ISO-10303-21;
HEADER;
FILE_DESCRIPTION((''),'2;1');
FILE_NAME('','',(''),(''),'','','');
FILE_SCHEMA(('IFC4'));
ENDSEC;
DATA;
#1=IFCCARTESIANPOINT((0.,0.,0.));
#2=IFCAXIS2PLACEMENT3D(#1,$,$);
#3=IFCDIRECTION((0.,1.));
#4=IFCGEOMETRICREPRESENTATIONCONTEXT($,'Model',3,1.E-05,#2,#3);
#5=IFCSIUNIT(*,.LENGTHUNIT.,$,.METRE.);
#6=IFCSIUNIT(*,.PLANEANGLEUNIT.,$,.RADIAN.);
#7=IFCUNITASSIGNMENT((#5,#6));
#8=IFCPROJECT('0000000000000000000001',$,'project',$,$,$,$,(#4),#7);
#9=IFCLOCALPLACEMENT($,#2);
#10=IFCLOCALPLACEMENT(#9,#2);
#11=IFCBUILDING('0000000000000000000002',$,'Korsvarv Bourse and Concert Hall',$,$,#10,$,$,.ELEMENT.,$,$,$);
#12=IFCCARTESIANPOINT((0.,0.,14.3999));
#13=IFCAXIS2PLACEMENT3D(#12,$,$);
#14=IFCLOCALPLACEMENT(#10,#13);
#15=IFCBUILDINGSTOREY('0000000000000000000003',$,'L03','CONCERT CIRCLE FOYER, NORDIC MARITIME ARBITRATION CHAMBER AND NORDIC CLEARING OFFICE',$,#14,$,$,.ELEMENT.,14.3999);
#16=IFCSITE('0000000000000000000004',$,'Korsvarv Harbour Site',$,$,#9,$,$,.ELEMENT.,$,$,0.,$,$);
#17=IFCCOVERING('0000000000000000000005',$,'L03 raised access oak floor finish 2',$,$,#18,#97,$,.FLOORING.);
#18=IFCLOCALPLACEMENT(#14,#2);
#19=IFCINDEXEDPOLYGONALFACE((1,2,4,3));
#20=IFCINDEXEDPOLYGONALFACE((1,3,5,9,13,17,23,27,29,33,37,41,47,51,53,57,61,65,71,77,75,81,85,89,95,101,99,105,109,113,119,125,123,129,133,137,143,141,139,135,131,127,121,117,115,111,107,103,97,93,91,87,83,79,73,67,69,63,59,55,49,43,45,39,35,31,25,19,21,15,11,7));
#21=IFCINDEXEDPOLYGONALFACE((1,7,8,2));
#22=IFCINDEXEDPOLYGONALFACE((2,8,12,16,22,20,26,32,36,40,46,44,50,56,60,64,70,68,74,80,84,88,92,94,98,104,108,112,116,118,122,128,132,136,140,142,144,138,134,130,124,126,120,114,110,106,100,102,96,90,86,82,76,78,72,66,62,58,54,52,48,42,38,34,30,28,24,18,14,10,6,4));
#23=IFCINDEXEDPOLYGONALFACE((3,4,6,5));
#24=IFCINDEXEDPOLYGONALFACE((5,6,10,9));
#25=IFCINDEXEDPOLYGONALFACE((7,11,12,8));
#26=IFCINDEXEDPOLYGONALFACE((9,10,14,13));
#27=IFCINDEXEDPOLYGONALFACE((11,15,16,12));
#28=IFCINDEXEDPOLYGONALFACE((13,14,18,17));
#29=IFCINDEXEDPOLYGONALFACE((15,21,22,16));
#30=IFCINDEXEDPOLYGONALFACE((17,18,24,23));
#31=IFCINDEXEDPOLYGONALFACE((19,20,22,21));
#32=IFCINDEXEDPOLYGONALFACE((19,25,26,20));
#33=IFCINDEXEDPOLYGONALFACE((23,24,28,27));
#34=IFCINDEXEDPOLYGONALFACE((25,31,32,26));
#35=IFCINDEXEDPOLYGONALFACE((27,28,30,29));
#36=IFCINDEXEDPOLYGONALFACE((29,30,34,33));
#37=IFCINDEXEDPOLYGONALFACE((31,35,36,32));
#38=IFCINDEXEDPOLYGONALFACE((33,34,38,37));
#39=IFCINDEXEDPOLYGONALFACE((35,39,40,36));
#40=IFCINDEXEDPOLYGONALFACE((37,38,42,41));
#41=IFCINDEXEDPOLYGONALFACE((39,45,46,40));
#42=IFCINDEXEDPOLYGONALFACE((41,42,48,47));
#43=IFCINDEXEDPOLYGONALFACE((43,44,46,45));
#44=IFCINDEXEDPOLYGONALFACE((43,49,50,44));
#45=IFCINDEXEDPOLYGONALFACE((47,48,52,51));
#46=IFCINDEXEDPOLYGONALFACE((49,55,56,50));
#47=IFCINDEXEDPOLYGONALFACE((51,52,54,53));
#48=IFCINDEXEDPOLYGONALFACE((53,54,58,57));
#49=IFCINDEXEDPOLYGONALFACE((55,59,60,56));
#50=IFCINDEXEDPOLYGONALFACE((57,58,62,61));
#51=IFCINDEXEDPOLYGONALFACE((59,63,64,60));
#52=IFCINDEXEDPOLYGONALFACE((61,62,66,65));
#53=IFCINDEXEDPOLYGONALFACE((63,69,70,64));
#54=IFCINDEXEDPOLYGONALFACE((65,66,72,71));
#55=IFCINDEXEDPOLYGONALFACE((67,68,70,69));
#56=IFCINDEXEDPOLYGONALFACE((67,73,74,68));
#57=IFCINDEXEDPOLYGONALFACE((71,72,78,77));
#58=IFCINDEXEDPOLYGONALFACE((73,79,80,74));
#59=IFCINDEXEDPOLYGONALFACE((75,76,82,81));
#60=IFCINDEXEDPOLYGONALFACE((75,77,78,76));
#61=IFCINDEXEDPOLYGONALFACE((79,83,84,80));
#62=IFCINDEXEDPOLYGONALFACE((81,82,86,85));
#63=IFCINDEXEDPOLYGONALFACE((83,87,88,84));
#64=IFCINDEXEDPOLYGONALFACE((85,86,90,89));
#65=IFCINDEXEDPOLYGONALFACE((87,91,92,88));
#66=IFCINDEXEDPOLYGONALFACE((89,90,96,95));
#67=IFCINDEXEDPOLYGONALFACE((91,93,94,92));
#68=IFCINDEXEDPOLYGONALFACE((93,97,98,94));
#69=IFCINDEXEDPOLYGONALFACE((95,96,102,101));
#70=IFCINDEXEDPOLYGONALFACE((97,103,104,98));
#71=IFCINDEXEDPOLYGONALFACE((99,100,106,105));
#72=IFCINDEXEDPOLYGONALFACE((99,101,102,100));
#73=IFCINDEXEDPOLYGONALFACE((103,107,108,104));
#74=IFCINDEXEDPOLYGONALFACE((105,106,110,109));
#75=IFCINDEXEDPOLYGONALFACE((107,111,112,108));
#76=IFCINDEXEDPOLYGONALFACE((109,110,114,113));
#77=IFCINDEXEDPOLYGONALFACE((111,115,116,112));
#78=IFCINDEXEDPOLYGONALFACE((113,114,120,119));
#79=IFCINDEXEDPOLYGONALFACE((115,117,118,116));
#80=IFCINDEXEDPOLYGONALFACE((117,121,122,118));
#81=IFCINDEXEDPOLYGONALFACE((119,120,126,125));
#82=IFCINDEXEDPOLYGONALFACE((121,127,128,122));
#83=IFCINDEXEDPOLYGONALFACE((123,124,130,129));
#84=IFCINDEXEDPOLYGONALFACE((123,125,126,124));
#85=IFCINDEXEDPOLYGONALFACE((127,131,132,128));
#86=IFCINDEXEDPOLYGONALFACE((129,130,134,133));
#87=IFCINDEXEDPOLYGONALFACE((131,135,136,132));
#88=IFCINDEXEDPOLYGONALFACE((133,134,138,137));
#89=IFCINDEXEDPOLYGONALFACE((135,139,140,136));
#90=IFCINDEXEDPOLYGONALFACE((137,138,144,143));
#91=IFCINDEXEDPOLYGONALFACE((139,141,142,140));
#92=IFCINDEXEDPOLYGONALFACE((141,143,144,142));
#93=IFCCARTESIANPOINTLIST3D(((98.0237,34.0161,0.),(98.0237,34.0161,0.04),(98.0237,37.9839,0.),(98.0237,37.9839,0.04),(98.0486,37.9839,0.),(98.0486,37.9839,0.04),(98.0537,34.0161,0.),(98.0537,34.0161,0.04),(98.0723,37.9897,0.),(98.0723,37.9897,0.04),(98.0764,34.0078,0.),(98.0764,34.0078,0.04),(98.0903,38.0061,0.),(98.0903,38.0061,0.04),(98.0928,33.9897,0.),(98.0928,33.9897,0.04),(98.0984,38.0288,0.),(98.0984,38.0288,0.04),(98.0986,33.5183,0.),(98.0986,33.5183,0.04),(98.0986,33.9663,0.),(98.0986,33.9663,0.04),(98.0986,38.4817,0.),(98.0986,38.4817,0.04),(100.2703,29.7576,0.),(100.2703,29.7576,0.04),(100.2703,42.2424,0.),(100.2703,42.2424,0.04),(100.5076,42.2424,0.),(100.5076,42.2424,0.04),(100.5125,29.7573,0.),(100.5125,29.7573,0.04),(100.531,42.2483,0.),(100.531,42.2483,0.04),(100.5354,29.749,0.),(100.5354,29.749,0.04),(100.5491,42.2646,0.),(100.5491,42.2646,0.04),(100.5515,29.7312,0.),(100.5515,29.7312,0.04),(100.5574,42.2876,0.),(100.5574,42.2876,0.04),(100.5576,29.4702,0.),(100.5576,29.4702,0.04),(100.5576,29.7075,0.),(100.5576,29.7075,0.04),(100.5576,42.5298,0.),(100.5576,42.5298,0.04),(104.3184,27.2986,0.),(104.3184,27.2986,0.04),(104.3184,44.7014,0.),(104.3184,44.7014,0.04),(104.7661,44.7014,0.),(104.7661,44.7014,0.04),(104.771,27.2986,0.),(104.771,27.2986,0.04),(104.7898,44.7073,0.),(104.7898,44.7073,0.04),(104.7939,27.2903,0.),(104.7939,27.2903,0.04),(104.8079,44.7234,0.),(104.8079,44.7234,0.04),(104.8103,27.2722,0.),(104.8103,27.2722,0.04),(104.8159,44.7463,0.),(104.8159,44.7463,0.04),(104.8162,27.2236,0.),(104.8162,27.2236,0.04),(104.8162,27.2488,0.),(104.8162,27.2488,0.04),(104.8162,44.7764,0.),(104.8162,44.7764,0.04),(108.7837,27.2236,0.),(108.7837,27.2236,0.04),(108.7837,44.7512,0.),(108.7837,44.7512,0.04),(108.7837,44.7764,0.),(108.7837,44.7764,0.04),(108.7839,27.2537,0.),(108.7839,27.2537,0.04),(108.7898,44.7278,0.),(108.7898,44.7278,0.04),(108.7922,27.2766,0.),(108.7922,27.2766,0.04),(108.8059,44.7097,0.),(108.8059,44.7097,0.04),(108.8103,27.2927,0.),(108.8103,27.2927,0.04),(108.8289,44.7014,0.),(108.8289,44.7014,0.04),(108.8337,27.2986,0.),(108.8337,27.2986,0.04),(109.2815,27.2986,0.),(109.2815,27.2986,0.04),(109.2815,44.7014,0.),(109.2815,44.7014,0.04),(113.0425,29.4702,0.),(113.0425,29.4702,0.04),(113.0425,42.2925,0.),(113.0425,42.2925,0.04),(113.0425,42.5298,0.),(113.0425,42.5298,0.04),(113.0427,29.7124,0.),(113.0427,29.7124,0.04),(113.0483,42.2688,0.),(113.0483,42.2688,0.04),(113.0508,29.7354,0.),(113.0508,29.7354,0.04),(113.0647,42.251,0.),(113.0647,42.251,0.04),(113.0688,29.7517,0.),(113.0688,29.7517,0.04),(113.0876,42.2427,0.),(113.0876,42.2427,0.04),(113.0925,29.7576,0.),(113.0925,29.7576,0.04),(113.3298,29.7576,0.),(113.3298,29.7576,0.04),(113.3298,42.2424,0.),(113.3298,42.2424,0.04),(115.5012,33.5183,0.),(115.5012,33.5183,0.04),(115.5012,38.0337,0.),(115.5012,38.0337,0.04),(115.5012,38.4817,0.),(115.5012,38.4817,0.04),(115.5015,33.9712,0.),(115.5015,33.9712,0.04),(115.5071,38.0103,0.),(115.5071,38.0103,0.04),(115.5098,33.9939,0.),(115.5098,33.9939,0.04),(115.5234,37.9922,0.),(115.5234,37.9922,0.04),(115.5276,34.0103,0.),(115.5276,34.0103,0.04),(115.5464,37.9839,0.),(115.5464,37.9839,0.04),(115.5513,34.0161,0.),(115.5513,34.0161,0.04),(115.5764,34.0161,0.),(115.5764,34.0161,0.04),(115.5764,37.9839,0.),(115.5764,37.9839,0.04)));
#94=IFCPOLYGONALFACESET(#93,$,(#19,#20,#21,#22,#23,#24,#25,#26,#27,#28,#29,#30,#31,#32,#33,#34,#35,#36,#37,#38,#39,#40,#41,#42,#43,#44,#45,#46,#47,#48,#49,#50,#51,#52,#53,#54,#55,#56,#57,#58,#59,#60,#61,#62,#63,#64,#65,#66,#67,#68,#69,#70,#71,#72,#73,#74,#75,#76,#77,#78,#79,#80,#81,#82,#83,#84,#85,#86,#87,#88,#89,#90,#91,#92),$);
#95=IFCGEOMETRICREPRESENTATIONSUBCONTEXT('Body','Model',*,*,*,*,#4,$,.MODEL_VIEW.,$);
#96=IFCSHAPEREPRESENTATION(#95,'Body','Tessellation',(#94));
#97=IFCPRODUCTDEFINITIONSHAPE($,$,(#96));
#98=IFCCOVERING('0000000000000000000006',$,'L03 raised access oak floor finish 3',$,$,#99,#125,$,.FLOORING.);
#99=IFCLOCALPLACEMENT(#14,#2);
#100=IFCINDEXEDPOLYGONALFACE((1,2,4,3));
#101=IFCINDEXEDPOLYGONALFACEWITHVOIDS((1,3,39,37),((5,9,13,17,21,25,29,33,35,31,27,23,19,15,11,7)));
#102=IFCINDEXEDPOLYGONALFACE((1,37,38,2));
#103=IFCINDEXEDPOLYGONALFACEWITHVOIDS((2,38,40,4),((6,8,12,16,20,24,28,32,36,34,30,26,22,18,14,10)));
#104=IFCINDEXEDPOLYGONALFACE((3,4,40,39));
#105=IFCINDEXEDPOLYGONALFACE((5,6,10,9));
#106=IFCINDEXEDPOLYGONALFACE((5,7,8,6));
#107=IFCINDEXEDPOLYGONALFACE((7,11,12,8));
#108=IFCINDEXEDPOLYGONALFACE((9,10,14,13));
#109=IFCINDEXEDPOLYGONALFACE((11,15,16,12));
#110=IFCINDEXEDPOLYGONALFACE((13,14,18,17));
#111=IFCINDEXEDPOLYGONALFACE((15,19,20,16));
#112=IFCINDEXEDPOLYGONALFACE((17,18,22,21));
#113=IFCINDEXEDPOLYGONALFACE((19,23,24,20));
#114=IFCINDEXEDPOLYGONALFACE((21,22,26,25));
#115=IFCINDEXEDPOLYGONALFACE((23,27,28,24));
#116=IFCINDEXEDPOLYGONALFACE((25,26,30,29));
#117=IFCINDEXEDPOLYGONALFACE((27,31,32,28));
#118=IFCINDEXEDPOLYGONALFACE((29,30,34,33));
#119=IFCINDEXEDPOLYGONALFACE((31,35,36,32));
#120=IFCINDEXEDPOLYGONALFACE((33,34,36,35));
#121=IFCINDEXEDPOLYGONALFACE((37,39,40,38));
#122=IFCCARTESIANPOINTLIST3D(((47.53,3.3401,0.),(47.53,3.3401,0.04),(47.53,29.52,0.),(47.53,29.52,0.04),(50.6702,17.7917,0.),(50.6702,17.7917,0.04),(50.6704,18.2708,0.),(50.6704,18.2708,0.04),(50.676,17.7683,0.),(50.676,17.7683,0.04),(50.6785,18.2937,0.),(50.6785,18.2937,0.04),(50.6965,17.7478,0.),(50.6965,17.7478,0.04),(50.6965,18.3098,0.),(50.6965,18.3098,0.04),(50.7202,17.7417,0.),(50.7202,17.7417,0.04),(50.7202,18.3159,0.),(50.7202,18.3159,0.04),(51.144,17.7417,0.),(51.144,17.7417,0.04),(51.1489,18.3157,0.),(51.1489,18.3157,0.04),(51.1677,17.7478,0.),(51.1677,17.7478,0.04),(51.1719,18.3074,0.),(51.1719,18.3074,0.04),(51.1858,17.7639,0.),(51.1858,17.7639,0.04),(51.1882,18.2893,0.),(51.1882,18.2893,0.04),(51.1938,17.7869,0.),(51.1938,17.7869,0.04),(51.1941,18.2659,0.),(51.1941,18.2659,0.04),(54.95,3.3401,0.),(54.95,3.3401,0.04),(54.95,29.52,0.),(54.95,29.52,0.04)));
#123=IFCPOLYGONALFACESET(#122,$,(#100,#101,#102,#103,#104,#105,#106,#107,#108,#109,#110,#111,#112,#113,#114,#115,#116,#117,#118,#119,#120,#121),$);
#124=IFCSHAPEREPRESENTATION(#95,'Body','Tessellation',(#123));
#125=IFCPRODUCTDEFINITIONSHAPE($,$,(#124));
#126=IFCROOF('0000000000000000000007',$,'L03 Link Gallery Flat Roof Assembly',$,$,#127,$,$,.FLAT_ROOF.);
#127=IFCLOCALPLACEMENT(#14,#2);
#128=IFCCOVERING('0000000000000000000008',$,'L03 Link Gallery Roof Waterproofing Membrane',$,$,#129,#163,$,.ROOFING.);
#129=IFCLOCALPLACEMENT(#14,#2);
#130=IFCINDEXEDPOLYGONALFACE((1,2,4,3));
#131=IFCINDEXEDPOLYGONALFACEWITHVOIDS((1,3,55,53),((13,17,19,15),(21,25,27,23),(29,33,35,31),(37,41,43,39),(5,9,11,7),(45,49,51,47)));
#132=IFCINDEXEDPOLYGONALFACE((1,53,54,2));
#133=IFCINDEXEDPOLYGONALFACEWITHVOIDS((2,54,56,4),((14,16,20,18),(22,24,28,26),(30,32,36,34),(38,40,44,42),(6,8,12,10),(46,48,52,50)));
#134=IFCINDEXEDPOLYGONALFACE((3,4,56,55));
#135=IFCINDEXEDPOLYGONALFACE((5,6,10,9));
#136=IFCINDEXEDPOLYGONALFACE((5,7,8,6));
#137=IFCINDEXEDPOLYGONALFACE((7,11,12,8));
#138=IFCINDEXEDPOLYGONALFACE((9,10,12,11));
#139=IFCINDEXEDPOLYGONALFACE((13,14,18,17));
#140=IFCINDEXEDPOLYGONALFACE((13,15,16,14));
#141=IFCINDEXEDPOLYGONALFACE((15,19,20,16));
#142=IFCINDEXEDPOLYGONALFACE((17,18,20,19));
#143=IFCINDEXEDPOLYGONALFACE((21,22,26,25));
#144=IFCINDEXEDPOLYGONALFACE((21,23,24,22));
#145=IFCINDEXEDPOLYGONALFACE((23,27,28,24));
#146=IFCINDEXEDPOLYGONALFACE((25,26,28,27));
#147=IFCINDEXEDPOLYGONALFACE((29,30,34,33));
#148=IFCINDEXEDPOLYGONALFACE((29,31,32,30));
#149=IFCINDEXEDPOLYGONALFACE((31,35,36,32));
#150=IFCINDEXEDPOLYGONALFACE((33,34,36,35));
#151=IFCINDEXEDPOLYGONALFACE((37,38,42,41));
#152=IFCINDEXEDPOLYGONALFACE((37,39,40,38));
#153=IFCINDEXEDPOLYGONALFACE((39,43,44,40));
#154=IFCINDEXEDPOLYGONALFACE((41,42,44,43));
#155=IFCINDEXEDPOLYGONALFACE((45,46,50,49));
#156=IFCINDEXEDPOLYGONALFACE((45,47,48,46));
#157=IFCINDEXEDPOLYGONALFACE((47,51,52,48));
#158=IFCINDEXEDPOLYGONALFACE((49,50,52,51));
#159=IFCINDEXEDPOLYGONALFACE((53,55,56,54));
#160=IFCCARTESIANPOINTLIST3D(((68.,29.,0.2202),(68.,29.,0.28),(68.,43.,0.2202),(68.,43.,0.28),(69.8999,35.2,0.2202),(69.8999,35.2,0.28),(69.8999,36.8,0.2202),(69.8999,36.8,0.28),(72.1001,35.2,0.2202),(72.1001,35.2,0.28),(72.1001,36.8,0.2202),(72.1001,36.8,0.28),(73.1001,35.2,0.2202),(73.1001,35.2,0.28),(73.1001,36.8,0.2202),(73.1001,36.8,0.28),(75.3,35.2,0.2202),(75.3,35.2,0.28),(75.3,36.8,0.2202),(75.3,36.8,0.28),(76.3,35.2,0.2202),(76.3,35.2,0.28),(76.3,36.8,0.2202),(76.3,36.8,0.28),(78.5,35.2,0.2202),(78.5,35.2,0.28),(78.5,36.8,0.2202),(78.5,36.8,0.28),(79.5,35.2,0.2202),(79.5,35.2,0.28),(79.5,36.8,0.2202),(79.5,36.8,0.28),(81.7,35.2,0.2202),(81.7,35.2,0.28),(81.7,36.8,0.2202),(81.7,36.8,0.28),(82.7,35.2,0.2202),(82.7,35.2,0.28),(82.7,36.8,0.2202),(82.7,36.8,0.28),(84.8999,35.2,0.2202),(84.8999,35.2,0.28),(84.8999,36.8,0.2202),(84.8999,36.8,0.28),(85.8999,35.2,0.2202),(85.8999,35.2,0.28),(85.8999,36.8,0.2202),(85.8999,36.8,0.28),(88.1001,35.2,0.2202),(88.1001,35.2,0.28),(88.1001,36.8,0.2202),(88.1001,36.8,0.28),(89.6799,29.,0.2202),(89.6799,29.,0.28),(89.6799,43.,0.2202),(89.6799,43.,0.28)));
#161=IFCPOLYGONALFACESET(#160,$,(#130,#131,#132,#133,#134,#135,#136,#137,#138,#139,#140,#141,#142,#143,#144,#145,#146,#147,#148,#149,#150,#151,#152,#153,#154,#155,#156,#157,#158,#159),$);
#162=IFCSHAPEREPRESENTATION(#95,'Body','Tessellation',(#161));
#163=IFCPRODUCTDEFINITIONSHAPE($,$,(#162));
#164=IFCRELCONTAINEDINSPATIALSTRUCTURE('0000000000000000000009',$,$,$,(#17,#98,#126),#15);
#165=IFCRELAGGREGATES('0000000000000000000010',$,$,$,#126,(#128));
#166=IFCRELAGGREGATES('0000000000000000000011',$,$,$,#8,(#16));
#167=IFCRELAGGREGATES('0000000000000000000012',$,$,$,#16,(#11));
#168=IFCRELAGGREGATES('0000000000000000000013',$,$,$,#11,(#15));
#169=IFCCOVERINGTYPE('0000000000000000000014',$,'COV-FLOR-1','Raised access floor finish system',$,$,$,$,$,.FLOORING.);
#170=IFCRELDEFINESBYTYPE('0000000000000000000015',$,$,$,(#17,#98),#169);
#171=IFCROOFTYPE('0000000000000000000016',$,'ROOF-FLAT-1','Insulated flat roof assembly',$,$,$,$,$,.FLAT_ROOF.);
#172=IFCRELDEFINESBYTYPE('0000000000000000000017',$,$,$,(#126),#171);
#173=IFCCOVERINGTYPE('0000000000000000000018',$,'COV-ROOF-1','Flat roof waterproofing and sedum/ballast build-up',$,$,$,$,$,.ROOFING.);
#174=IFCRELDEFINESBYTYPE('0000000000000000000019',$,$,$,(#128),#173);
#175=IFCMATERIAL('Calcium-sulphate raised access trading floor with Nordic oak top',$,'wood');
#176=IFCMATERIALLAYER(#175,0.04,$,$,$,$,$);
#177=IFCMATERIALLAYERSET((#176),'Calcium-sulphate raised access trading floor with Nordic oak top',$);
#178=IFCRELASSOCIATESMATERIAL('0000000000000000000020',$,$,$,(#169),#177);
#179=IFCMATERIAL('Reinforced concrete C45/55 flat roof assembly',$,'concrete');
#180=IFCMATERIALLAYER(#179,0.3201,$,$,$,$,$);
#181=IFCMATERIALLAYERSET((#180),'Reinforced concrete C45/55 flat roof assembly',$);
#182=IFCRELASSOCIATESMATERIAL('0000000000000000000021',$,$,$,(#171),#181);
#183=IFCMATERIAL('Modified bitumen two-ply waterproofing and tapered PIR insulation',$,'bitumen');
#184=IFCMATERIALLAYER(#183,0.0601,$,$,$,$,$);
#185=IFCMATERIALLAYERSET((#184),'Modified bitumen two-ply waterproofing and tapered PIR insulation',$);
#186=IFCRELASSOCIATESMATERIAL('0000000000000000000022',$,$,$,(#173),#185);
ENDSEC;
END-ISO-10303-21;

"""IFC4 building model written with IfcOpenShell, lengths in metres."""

from ifc_helpers import new_model, si_unit, direction, frame, origin, place, context, subcontext, project, spatial, polyline, outline, extrude, material, layer, layer_set, type_object, element, aggregate, save


model = new_model("IFC4")

# Units and contexts
model_context = context("Model", 3, precision=1e-05, world=origin(), true_north=direction((0.0, 1.0)))
body_context = subcontext(model_context, "Body", "Model", "MODEL_VIEW")
ifc_project = project(units=[si_unit("LENGTHUNIT", "METRE"), si_unit("PLANEANGLEUNIT", "RADIAN")], contexts=[model_context])

# Site, building, storey
site_placement = place(None, origin())
site = spatial("IfcSite", under=ifc_project, at=site_placement, Name="Korsvarv Harbour Site", CompositionType="ELEMENT", RefElevation=0.0)
building_placement = place(site_placement, origin())
building = spatial("IfcBuilding", under=site, at=building_placement, Name="Korsvarv Bourse and Concert Hall", CompositionType="ELEMENT")
storey_placement = place(building_placement, frame((0.0, 0.0, 14.3999)))
storey = spatial("IfcBuildingStorey", under=building, at=storey_placement, Name="L03", Description="CONCERT CIRCLE FOYER, NORDIC MARITIME ARBITRATION CHAMBER AND NORDIC CLEARING OFFICE", CompositionType="ELEMENT", Elevation=14.3999)

# Coverings
ifc_material_1 = material(Name="Calcium-sulphate raised access trading floor with Nordic oak top", Category="wood")
ifc_layer_1 = layer(ifc_material_1, 0.04)
ifc_layer_set_1 = layer_set([ifc_layer_1], Name="Calcium-sulphate raised access trading floor with Nordic oak top")
covering_type_1 = type_object("IfcCoveringType", Name="COV-FLOR-1", Description="Raised access floor finish system", PredefinedType="FLOORING", material=ifc_layer_set_1)
covering_1_placement = place(storey_placement, origin())
element("IfcCovering", 1, at=covering_1_placement, inside=storey, type_object=covering_type_1, Name="L03 raised access oak floor finish 2", PredefinedType="FLOORING", context=body_context, shape_type="SweptSolid", body=[
    extrude(outline(polyline([(113.3298, 29.7576), (113.0925, 29.7576), (113.0688, 29.7517), (113.0508, 29.7354), (113.0427, 29.7124), (113.0425, 29.4702), (109.2815, 27.2986), (108.8337, 27.2986), (108.8103, 27.2927), (108.7922, 27.2766), (108.7839, 27.2537), (108.7837, 27.2236), (104.8162, 27.2236), (104.8162, 27.2488), (104.8103, 27.2722), (104.7939, 27.2903), (104.771, 27.2986), (104.3184, 27.2986), (100.5576, 29.4702), (100.5576, 29.7075), (100.5515, 29.7312), (100.5354, 29.749), (100.5125, 29.7573), (100.2703, 29.7576), (98.0986, 33.5183), (98.0986, 33.9663), (98.0928, 33.9897), (98.0764, 34.0078), (98.0537, 34.0161), (98.0237, 34.0161), (98.0237, 37.9839), (98.0486, 37.9839), (98.0723, 37.9897), (98.0903, 38.0061), (98.0984, 38.0288), (98.0986, 38.4817), (100.2703, 42.2424), (100.5076, 42.2424), (100.531, 42.2483), (100.5491, 42.2646), (100.5574, 42.2876), (100.5576, 42.5298), (104.3184, 44.7014), (104.7661, 44.7014), (104.7898, 44.7073), (104.8079, 44.7234), (104.8159, 44.7463), (104.8162, 44.7764), (108.7837, 44.7764), (108.7837, 44.7512), (108.7898, 44.7278), (108.8059, 44.7097), (108.8289, 44.7014), (109.2815, 44.7014), (113.0425, 42.5298), (113.0425, 42.2925), (113.0483, 42.2688), (113.0647, 42.251), (113.0876, 42.2427), (113.3298, 42.2424), (115.5012, 38.4817), (115.5012, 38.0337), (115.5071, 38.0103), (115.5234, 37.9922), (115.5464, 37.9839), (115.5764, 37.9839), (115.5764, 34.0161), (115.5513, 34.0161), (115.5276, 34.0103), (115.5098, 33.9939), (115.5015, 33.9712), (115.5012, 33.5183), (113.3298, 29.7576)])), origin(), (0.0, 0.0, 1.0), 0.04),
])
covering_2_placement = place(storey_placement, origin())
element("IfcCovering", 2, at=covering_2_placement, inside=storey, type_object=covering_type_1, Name="L03 raised access oak floor finish 3", PredefinedType="FLOORING", context=body_context, shape_type="SweptSolid", body=[
    extrude(outline(polyline([(54.95, 3.3401), (47.53, 3.3401), (47.53, 29.52), (54.95, 29.52), (54.95, 3.3401)]), holes=[polyline([(50.6965, 17.7478), (50.7202, 17.7417), (51.144, 17.7417), (51.1677, 17.7478), (51.1858, 17.7639), (51.1938, 17.7869), (51.1941, 18.2659), (51.1882, 18.2893), (51.1719, 18.3074), (51.1489, 18.3157), (50.7202, 18.3159), (50.6965, 18.3098), (50.6785, 18.2937), (50.6704, 18.2708), (50.6702, 17.7917), (50.676, 17.7683), (50.6965, 17.7478)])]), origin(), (0.0, 0.0, 1.0), 0.04),
])

# Roof, covering
ifc_material_2 = material(Name="Reinforced concrete C45/55 flat roof assembly", Category="concrete")
ifc_layer_2 = layer(ifc_material_2, 0.3201)
ifc_layer_set_2 = layer_set([ifc_layer_2], Name="Reinforced concrete C45/55 flat roof assembly")
roof_type = type_object("IfcRoofType", Name="ROOF-FLAT-1", Description="Insulated flat roof assembly", PredefinedType="FLAT_ROOF", material=ifc_layer_set_2)
roof_placement = place(storey_placement, origin())
roof = element("IfcRoof", 3, at=roof_placement, inside=storey, type_object=roof_type, Name="L03 Link Gallery Flat Roof Assembly", PredefinedType="FLAT_ROOF")
ifc_material_3 = material(Name="Modified bitumen two-ply waterproofing and tapered PIR insulation", Category="bitumen")
ifc_layer_3 = layer(ifc_material_3, 0.0601)
ifc_layer_set_3 = layer_set([ifc_layer_3], Name="Modified bitumen two-ply waterproofing and tapered PIR insulation")
covering_type_2 = type_object("IfcCoveringType", Name="COV-ROOF-1", Description="Flat roof waterproofing and sedum/ballast build-up", PredefinedType="ROOFING", material=ifc_layer_set_3)
covering_3_placement = place(storey_placement, frame((0.0, 0.0, 0.2202)))
covering_3 = element("IfcCovering", 4, at=covering_3_placement, type_object=covering_type_2, Name="L03 Link Gallery Roof Waterproofing Membrane", PredefinedType="ROOFING", context=body_context, shape_type="SweptSolid", body=[
    extrude(outline(polyline([(68.0, 29.0), (89.6799, 29.0), (89.6799, 43.0), (68.0, 43.0), (68.0, 29.0)]), holes=[polyline([(69.8999, 35.2), (72.1001, 35.2), (72.1001, 36.8), (69.8999, 36.8), (69.8999, 35.2)]), polyline([(73.1001, 35.2), (75.3, 35.2), (75.3, 36.8), (73.1001, 36.8), (73.1001, 35.2)]), polyline([(76.3, 35.2), (78.5, 35.2), (78.5, 36.8), (76.3, 36.8), (76.3, 35.2)]), polyline([(79.5, 35.2), (81.7, 35.2), (81.7, 36.8), (79.5, 36.8), (79.5, 35.2)]), polyline([(82.7, 35.2), (84.8999, 35.2), (84.8999, 36.8), (82.7, 36.8), (82.7, 35.2)]), polyline([(85.8999, 35.2), (88.1001, 35.2), (88.1001, 36.8), (85.8999, 36.8), (85.8999, 35.2)])]), origin(), (0.0, 0.0, 1.0), 0.0598),
])
aggregate(roof, [covering_3])

save(model, "model.ifc")
